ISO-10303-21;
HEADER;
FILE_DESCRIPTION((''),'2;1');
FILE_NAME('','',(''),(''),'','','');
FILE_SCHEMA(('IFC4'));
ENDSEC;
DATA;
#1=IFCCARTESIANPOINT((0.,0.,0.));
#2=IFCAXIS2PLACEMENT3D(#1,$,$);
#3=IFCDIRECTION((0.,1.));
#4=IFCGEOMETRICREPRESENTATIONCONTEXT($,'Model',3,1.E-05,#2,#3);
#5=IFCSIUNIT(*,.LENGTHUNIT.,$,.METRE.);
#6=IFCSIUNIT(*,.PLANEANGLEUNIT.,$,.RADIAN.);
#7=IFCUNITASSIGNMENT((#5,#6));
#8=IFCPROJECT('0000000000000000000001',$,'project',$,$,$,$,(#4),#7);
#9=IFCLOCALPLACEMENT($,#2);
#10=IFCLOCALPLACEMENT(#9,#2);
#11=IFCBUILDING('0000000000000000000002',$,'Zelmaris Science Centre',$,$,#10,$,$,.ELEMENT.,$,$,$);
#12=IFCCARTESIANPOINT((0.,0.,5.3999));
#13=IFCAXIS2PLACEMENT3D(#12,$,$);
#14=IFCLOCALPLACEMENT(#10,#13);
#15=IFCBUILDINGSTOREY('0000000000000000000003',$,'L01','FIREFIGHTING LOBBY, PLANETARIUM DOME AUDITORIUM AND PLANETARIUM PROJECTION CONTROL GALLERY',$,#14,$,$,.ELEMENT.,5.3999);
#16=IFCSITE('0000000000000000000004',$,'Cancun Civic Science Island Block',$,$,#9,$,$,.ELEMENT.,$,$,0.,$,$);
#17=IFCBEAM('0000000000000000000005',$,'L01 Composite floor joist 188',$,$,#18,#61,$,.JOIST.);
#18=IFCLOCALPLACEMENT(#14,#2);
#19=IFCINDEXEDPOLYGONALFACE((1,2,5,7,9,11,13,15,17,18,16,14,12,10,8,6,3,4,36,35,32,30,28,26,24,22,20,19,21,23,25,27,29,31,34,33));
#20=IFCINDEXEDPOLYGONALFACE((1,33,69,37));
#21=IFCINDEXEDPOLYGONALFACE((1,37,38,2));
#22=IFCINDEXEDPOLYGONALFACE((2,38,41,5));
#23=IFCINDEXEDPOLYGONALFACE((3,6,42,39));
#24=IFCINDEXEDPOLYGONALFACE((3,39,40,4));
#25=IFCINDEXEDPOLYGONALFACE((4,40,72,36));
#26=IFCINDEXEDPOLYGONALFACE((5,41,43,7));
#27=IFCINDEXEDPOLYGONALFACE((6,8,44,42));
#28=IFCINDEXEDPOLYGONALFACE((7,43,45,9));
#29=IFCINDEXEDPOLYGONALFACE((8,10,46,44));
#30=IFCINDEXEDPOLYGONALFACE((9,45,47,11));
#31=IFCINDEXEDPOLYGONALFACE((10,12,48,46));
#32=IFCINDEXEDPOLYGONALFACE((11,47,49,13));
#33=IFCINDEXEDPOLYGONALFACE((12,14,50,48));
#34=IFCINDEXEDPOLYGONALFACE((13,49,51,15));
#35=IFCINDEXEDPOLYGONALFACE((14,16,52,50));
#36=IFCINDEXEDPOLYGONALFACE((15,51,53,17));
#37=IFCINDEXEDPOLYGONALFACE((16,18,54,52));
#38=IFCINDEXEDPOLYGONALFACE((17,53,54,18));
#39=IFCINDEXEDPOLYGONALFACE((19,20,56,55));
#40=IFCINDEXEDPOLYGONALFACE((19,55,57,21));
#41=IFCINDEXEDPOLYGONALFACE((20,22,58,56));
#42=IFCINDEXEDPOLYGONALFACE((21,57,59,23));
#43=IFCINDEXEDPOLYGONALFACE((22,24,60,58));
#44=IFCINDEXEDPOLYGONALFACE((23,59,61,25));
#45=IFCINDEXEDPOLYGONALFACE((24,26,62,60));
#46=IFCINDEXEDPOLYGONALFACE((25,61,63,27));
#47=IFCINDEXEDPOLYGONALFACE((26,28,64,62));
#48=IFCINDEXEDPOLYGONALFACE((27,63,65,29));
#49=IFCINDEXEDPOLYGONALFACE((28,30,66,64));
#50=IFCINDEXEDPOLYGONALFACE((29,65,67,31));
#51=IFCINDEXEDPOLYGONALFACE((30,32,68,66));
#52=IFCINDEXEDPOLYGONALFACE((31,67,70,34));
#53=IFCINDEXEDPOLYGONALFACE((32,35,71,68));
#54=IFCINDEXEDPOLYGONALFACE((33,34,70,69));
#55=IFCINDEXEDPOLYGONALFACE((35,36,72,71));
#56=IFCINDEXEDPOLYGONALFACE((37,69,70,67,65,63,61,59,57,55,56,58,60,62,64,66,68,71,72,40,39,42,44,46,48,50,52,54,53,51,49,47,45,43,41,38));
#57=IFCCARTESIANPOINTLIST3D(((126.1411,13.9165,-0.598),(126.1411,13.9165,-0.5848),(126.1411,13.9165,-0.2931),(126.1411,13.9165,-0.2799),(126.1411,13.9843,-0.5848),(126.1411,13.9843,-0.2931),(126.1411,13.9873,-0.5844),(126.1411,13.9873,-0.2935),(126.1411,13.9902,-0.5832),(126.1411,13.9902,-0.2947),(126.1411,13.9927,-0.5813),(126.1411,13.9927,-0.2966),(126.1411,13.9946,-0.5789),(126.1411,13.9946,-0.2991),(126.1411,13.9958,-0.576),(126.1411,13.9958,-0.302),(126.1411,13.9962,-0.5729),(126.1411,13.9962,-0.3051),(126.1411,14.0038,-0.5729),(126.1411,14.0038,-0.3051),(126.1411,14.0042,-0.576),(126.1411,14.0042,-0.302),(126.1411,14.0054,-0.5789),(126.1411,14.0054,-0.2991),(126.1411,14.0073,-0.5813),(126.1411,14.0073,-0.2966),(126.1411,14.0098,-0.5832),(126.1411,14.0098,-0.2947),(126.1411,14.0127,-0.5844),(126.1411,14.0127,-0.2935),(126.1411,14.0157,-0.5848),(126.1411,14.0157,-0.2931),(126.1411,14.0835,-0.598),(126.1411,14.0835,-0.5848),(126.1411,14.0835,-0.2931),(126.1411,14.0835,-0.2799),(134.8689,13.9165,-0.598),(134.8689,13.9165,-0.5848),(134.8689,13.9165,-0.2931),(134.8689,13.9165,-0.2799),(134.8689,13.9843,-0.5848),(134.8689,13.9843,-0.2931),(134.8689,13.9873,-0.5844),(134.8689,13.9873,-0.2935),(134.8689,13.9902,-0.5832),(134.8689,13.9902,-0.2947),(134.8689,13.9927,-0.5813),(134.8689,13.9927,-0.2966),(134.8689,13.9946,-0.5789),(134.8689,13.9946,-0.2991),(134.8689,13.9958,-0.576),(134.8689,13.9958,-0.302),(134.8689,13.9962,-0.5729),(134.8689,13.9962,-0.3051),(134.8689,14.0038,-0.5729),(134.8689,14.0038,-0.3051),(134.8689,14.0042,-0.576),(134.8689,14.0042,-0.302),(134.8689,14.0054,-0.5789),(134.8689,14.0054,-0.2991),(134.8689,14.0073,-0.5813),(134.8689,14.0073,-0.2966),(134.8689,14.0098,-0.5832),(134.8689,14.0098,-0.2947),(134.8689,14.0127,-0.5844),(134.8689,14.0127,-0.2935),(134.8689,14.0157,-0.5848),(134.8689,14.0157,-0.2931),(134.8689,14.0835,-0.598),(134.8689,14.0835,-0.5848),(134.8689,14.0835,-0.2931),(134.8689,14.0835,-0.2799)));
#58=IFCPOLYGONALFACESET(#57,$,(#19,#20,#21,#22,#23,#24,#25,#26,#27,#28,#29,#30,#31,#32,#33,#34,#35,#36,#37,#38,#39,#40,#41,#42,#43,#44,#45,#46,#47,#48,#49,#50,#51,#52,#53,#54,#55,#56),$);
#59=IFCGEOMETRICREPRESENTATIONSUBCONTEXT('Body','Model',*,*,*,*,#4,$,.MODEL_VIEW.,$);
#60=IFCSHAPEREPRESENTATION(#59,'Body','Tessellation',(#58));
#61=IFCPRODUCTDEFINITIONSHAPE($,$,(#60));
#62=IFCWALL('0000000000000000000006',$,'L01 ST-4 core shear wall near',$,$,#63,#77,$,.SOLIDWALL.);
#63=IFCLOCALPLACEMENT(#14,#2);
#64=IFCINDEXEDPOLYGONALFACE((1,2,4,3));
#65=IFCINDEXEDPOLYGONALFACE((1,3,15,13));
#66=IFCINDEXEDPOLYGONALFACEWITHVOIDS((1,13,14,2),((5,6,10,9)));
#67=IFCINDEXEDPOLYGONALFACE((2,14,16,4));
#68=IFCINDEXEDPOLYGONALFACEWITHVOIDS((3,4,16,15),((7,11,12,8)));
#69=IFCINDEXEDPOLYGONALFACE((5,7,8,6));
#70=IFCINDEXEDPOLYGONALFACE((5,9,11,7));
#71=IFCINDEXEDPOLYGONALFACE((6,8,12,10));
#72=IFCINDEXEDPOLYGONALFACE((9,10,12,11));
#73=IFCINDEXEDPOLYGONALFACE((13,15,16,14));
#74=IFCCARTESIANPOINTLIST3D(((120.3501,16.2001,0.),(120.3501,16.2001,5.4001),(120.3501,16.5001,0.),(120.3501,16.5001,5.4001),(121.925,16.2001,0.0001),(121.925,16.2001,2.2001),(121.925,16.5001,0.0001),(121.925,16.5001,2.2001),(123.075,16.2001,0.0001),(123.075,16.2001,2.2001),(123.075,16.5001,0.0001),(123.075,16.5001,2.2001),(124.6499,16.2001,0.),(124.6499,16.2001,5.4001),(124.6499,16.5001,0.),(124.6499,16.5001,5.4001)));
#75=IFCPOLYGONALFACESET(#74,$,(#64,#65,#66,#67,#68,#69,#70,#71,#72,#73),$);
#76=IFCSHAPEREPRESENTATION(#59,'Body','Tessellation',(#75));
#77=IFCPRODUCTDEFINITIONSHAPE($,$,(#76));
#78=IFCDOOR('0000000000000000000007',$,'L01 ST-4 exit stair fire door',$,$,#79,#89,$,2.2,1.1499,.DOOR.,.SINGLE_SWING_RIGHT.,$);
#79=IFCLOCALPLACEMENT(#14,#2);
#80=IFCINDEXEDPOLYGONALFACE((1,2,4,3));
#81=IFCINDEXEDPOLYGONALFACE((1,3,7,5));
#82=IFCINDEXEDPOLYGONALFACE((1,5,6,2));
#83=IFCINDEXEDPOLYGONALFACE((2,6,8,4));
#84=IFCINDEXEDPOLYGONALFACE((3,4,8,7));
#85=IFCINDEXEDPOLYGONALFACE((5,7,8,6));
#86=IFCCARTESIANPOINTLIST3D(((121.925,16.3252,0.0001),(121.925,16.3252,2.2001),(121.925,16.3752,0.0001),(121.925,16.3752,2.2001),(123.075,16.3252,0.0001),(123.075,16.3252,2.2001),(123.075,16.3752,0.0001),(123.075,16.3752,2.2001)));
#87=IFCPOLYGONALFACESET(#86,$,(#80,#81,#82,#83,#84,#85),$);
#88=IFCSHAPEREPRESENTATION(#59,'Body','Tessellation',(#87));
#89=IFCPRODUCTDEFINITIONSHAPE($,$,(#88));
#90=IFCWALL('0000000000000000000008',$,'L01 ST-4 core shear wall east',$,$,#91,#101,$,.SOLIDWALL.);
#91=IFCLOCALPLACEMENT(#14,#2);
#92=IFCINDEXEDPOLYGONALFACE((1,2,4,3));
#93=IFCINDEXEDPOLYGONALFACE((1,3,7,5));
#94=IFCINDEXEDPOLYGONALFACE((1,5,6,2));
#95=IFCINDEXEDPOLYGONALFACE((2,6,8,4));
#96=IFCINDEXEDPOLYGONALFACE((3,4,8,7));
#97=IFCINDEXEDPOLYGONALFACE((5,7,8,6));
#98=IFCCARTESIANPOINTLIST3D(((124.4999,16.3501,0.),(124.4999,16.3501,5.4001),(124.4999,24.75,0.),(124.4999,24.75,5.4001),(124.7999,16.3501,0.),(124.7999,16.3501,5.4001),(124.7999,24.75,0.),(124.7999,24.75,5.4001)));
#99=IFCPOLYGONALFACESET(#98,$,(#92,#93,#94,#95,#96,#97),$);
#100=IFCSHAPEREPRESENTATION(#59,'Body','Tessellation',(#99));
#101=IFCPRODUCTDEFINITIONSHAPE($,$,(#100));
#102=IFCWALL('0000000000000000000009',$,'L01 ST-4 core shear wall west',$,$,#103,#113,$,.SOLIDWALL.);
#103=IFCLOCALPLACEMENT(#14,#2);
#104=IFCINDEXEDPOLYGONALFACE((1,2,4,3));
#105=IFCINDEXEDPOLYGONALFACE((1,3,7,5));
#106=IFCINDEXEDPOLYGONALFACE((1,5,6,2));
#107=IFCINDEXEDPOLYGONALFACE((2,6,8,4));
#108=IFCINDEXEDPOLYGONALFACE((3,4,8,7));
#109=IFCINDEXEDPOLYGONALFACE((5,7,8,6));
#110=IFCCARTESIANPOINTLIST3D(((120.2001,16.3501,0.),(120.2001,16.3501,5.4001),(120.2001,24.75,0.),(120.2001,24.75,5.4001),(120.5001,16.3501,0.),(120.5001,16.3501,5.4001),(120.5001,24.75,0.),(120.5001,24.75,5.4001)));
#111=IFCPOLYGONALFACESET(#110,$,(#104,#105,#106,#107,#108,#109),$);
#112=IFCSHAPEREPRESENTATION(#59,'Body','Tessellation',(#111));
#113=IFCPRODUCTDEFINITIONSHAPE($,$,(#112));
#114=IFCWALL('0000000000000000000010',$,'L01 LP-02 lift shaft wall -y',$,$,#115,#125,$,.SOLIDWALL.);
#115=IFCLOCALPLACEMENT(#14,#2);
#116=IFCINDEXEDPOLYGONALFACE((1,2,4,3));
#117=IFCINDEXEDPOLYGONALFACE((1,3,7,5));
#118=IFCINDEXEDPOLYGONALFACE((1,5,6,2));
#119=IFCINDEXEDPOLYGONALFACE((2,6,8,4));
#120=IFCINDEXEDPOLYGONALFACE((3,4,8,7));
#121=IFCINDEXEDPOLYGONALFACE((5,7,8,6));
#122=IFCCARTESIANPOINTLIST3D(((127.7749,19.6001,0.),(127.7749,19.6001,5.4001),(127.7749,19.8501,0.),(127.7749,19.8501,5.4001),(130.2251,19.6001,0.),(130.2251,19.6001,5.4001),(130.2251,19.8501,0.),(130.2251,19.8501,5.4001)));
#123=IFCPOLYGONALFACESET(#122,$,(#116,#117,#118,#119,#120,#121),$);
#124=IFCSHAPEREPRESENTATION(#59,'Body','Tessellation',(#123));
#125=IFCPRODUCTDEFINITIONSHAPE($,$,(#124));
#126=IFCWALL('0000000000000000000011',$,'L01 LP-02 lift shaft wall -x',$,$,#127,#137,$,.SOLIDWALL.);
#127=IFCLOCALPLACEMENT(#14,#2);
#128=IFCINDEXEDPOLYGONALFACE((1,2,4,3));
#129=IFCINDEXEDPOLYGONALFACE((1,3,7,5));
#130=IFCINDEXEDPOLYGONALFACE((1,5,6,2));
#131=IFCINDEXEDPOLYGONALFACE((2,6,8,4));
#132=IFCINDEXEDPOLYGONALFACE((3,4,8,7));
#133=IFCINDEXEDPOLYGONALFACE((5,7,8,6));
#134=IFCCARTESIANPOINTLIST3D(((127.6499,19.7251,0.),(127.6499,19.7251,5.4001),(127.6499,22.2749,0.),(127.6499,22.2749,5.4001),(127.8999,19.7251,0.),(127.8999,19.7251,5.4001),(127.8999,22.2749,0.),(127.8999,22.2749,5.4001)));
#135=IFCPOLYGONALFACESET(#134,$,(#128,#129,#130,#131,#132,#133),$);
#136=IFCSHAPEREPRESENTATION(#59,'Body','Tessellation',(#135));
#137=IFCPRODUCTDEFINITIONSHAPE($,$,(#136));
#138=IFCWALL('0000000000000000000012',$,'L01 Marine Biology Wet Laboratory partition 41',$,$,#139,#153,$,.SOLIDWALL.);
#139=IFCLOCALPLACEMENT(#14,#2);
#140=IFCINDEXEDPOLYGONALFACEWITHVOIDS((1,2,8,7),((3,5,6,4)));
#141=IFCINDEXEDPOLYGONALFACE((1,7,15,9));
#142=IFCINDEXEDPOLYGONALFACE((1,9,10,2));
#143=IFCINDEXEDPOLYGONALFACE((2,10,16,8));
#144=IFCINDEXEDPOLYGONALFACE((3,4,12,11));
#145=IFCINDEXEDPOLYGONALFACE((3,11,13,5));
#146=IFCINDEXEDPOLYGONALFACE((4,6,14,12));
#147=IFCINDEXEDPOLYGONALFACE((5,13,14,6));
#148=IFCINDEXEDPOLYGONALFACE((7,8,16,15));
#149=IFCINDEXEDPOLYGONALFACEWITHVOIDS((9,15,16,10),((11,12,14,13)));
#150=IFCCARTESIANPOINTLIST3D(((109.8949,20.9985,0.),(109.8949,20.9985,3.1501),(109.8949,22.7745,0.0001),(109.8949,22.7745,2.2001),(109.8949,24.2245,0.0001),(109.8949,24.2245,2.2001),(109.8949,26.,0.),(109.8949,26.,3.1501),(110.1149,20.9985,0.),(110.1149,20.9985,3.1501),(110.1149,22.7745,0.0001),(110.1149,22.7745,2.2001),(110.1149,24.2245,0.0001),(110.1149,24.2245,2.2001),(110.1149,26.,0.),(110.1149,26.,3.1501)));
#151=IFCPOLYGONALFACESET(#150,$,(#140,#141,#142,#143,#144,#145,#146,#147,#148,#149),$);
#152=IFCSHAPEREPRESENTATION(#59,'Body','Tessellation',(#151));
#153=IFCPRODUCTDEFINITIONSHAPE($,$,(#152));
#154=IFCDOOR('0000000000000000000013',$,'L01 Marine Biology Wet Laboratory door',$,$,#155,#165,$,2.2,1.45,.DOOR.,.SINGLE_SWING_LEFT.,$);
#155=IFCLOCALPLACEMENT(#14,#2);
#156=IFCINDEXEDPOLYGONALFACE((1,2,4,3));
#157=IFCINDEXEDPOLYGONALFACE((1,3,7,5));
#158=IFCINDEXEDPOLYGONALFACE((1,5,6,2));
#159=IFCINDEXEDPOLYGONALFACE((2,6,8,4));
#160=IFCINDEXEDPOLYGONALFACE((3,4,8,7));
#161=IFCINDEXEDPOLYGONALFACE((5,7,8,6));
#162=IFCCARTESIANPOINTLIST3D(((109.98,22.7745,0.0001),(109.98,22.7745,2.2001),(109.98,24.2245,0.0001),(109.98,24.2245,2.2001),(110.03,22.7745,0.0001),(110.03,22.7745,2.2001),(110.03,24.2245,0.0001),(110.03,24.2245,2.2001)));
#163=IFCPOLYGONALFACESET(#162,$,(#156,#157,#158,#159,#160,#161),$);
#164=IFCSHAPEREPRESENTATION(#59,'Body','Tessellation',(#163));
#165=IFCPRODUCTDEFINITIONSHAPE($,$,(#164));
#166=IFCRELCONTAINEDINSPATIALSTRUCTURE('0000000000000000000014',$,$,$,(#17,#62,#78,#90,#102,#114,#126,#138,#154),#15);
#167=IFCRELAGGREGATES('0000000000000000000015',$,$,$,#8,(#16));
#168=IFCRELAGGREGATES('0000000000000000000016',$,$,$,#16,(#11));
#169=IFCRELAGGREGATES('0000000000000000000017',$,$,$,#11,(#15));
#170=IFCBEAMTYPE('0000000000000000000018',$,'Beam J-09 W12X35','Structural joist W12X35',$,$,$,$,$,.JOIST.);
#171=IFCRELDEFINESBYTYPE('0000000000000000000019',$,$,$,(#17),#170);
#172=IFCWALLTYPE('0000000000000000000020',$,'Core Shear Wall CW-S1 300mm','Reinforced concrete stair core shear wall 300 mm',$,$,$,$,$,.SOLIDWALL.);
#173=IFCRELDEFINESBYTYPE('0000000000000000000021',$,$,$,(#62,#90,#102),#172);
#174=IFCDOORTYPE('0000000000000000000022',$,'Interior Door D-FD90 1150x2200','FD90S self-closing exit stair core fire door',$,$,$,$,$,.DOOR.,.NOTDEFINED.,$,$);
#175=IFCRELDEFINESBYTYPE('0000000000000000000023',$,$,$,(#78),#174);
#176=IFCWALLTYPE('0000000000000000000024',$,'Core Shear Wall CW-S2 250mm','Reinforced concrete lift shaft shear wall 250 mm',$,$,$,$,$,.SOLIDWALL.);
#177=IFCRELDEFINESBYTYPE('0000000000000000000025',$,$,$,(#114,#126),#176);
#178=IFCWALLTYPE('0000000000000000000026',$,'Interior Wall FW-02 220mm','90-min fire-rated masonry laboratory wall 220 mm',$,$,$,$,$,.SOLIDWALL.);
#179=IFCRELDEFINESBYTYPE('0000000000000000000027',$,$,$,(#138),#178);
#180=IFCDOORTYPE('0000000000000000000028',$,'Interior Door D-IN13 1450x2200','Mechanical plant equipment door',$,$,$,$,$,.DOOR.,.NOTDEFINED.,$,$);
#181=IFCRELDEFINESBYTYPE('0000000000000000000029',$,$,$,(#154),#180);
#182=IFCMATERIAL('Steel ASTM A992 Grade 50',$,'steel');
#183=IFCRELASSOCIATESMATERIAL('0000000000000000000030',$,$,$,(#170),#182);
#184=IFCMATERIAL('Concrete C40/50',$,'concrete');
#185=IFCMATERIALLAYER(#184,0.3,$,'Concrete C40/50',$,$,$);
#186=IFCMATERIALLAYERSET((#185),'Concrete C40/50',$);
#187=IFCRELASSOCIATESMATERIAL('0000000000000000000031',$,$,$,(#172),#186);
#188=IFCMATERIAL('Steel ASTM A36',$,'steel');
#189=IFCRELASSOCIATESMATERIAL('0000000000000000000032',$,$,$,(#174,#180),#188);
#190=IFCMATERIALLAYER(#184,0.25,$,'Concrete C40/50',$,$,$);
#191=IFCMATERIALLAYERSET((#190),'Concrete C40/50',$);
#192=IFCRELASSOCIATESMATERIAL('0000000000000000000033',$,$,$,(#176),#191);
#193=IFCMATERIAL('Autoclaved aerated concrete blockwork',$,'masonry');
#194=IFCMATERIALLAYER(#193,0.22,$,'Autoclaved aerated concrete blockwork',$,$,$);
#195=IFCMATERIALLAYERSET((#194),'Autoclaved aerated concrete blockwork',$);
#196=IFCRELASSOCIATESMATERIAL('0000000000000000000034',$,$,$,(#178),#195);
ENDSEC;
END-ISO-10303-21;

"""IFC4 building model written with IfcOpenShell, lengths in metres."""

from ifc_helpers import new_model, si_unit, direction, frame, frame_2d, origin, origin_2d, place, context, subcontext, project, spatial, rectangle, i_section, extrude, material, layer, layer_set, material_profile, profile_set, type_object, element, fill, save


model = new_model("IFC4")

# Units and contexts
model_context = context("Model", 3, precision=1e-05, world=origin(), true_north=direction((0.0, 1.0)))
body_context = subcontext(model_context, "Body", "Model", "MODEL_VIEW")
ifc_project = project(units=[si_unit("LENGTHUNIT", "METRE"), si_unit("PLANEANGLEUNIT", "RADIAN")], contexts=[model_context])

# Site, building, storey
site_placement = place(None, origin())
site = spatial("IfcSite", under=ifc_project, at=site_placement, Name="Cancun Civic Science Island Block", CompositionType="ELEMENT", RefElevation=0.0)
building_placement = place(site_placement, origin())
building = spatial("IfcBuilding", under=site, at=building_placement, Name="Zelmaris Science Centre", CompositionType="ELEMENT")
storey_placement = place(building_placement, frame((0.0, 0.0, 5.3999)))
storey = spatial("IfcBuildingStorey", under=building, at=storey_placement, Name="L01", Description="FIREFIGHTING LOBBY, PLANETARIUM DOME AUDITORIUM AND PLANETARIUM PROJECTION CONTROL GALLERY", CompositionType="ELEMENT", Elevation=5.3999)

# Shared definitions
ifc_material_1 = material(Name="Steel ASTM A992 Grade 50", Category="steel")

# Beam
ifc_material_profile_1 = material_profile(ifc_material_1, i_section(OverallWidth=0.167, OverallDepth=0.3181, WebThickness=0.0076, FlangeThickness=0.0132, FilletRadius=0.012, at=origin_2d()), Name="W12X35")
ifc_profile_set_1 = profile_set([ifc_material_profile_1], Name="Steel ASTM A992 Grade 50")
beam_type_1 = type_object("IfcBeamType", Name="Beam J-09 W12X35", Description="Structural joist W12X35", PredefinedType="JOIST", material=ifc_profile_set_1)
beam_1_placement = place(storey_placement, frame((126.1411, 14.0, -0.439), z_axis=(1.0, 0.0, 0.0), x_axis=(0.0, 1.0, 0.0)))
element("IfcBeam", 1, at=beam_1_placement, inside=storey, type_object=beam_type_1, Name="L01 Composite floor joist 188", PredefinedType="JOIST", context=body_context, shape_type="SweptSolid", body=[
    extrude(i_section(OverallWidth=0.167, OverallDepth=0.3181, WebThickness=0.0076, FlangeThickness=0.0132, FilletRadius=0.012, at=origin_2d()), origin(), (0.0, 0.0, 1.0), 8.7278),
])

# Wall, opening, door
ifc_material_2 = material(Name="Concrete C40/50", Category="concrete")
ifc_layer_1 = layer(ifc_material_2, 0.3, Name="Concrete C40/50")
ifc_layer_set_1 = layer_set([ifc_layer_1], Name="Concrete C40/50")
wall_type_1 = type_object("IfcWallType", Name="Core Shear Wall CW-S1 300mm", Description="Reinforced concrete stair core shear wall 300 mm", PredefinedType="SOLIDWALL", material=ifc_layer_set_1)
wall_1_placement = place(storey_placement, frame((124.6499, 16.3501, 0.0), z_axis=(0.0, 0.0, 1.0), x_axis=(-1.0, 0.0, 0.0)))
wall_1 = element("IfcWall", 2, at=wall_1_placement, inside=storey, type_object=wall_type_1, Name="L01 ST-4 core shear wall near", PredefinedType="SOLIDWALL", context=body_context, shape_type="SweptSolid", body=[
    extrude(rectangle(XDim=4.2998, YDim=0.3, at=frame_2d((2.1499, 0.0))), origin(), (0.0, 0.0, 1.0), 5.4001),
])
opening_1_placement = place(wall_1_placement, frame((1.575, 0.0, 0.0)))
opening_1 = element("IfcOpeningElement", 3, at=opening_1_placement, cuts=wall_1, PredefinedType="OPENING", context=body_context, shape_type="SweptSolid", body=[
    extrude(rectangle(XDim=1.1499, YDim=2.2, at=frame_2d((0.575, 1.1001))), frame((0.0, 0.1599, 0.0), z_axis=(0.0, -1.0, 0.0), x_axis=(1.0, 0.0, 0.0)), (0.0, 0.0, 1.0), 0.3201),
])
ifc_material_3 = material(Name="Steel ASTM A36", Category="steel")
door_type_1 = type_object("IfcDoorType", Name="Interior Door D-FD90 1150x2200", Description="FD90S self-closing exit stair core fire door", OperationType="NOTDEFINED", PredefinedType="DOOR", material=ifc_material_3)
door_1_placement = place(opening_1_placement, origin())
door_1 = element("IfcDoor", 4, at=door_1_placement, inside=storey, type_object=door_type_1, Name="L01 ST-4 exit stair fire door", OperationType="SINGLE_SWING_RIGHT", OverallHeight=2.2, OverallWidth=1.1499, PredefinedType="DOOR", context=body_context, shape_type="SweptSolid", body=[
    extrude(rectangle(XDim=1.1499, YDim=2.2, at=frame_2d((0.575, 1.1001))), frame((0.0, 0.0249, 0.0), z_axis=(0.0, -1.0, 0.0), x_axis=(1.0, 0.0, 0.0)), (0.0, 0.0, 1.0), 0.05),
])
fill(opening_1, door_1)

# Walls
for number, where, z_axis, x_axis, name in (
    (5, (124.6499, 16.3501, 0.0), (0.0, 0.0, 1.0), (0.0, 1.0, 0.0), "L01 ST-4 core shear wall east"),
    (6, (120.3501, 16.3501, 0.0), (0.0, 0.0, 1.0), (0.0, 1.0, 0.0), "L01 ST-4 core shear wall west"),
):
    element("IfcWall", number, at=place(storey_placement, frame(where, z_axis=z_axis, x_axis=x_axis)), inside=storey, type_object=wall_type_1, Name=name, PredefinedType="SOLIDWALL", context=body_context, shape_type="SweptSolid", body=[
        extrude(rectangle(XDim=8.3999, YDim=0.3, at=frame_2d((4.2, 0.0))), origin(), (0.0, 0.0, 1.0), 5.4001),
    ])
ifc_layer_2 = layer(ifc_material_2, 0.25, Name="Concrete C40/50")
ifc_layer_set_2 = layer_set([ifc_layer_2], Name="Concrete C40/50")
wall_type_2 = type_object("IfcWallType", Name="Core Shear Wall CW-S2 250mm", Description="Reinforced concrete lift shaft shear wall 250 mm", PredefinedType="SOLIDWALL", material=ifc_layer_set_2)
wall_2_placement = place(storey_placement, frame((127.7749, 19.7251, 0.0), z_axis=(0.0, 0.0, 1.0), x_axis=(1.0, 0.0, 0.0)))
element("IfcWall", 7, at=wall_2_placement, inside=storey, type_object=wall_type_2, Name="L01 LP-02 lift shaft wall -y", PredefinedType="SOLIDWALL", context=body_context, shape_type="SweptSolid", body=[
    extrude(rectangle(XDim=2.4502, YDim=0.25, at=frame_2d((1.2251, 0.0))), origin(), (0.0, 0.0, 1.0), 5.4001),
])
wall_3_placement = place(storey_placement, frame((127.7749, 22.2749, 0.0), z_axis=(0.0, 0.0, 1.0), x_axis=(0.0, -1.0, 0.0)))
element("IfcWall", 8, at=wall_3_placement, inside=storey, type_object=wall_type_2, Name="L01 LP-02 lift shaft wall -x", PredefinedType="SOLIDWALL", context=body_context, shape_type="SweptSolid", body=[
    extrude(rectangle(XDim=2.5498, YDim=0.25, at=frame_2d((1.2749, 0.0))), origin(), (0.0, 0.0, 1.0), 5.4001),
])

# Wall, opening, door
ifc_material_4 = material(Name="Autoclaved aerated concrete blockwork", Category="masonry")
ifc_layer_3 = layer(ifc_material_4, 0.22, Name="Autoclaved aerated concrete blockwork")
ifc_layer_set_3 = layer_set([ifc_layer_3], Name="Autoclaved aerated concrete blockwork")
wall_type_3 = type_object("IfcWallType", Name="Interior Wall FW-02 220mm", Description="90-min fire-rated masonry laboratory wall 220 mm", PredefinedType="SOLIDWALL", material=ifc_layer_set_3)
wall_4_placement = place(storey_placement, frame((110.0049, 20.9985, 0.0), z_axis=(0.0, 0.0, 1.0), x_axis=(0.0, 1.0, 0.0)))
wall_4 = element("IfcWall", 9, at=wall_4_placement, inside=storey, type_object=wall_type_3, Name="L01 Marine Biology Wet Laboratory partition 41", PredefinedType="SOLIDWALL", context=body_context, shape_type="SweptSolid", body=[
    extrude(rectangle(XDim=5.0015, YDim=0.22, at=frame_2d((2.5007, 0.0))), origin(), (0.0, 0.0, 1.0), 3.1501),
])
opening_2_placement = place(wall_4_placement, frame((1.7759, 0.0, 0.0)))
opening_2 = element("IfcOpeningElement", 10, at=opening_2_placement, cuts=wall_4, PredefinedType="OPENING", context=body_context, shape_type="SweptSolid", body=[
    extrude(rectangle(XDim=1.45, YDim=2.2, at=frame_2d((0.7251, 1.1001))), frame((0.0, 0.1199, 0.0), z_axis=(0.0, -1.0, 0.0), x_axis=(1.0, 0.0, 0.0)), (0.0, 0.0, 1.0), 0.24),
])
door_type_2 = type_object("IfcDoorType", Name="Interior Door D-IN13 1450x2200", Description="Mechanical plant equipment door", OperationType="NOTDEFINED", PredefinedType="DOOR", material=ifc_material_3)
door_2_placement = place(opening_2_placement, origin())
door_2 = element("IfcDoor", 11, at=door_2_placement, inside=storey, type_object=door_type_2, Name="L01 Marine Biology Wet Laboratory door", OperationType="SINGLE_SWING_LEFT", OverallHeight=2.2, OverallWidth=1.45, PredefinedType="DOOR", context=body_context, shape_type="SweptSolid", body=[
    extrude(rectangle(XDim=1.45, YDim=2.2, at=frame_2d((0.7251, 1.1001))), frame((0.0, 0.0249, 0.0), z_axis=(0.0, -1.0, 0.0), x_axis=(1.0, 0.0, 0.0)), (0.0, 0.0, 1.0), 0.05),
])
fill(opening_2, door_2)

save(model, "model.ifc")
